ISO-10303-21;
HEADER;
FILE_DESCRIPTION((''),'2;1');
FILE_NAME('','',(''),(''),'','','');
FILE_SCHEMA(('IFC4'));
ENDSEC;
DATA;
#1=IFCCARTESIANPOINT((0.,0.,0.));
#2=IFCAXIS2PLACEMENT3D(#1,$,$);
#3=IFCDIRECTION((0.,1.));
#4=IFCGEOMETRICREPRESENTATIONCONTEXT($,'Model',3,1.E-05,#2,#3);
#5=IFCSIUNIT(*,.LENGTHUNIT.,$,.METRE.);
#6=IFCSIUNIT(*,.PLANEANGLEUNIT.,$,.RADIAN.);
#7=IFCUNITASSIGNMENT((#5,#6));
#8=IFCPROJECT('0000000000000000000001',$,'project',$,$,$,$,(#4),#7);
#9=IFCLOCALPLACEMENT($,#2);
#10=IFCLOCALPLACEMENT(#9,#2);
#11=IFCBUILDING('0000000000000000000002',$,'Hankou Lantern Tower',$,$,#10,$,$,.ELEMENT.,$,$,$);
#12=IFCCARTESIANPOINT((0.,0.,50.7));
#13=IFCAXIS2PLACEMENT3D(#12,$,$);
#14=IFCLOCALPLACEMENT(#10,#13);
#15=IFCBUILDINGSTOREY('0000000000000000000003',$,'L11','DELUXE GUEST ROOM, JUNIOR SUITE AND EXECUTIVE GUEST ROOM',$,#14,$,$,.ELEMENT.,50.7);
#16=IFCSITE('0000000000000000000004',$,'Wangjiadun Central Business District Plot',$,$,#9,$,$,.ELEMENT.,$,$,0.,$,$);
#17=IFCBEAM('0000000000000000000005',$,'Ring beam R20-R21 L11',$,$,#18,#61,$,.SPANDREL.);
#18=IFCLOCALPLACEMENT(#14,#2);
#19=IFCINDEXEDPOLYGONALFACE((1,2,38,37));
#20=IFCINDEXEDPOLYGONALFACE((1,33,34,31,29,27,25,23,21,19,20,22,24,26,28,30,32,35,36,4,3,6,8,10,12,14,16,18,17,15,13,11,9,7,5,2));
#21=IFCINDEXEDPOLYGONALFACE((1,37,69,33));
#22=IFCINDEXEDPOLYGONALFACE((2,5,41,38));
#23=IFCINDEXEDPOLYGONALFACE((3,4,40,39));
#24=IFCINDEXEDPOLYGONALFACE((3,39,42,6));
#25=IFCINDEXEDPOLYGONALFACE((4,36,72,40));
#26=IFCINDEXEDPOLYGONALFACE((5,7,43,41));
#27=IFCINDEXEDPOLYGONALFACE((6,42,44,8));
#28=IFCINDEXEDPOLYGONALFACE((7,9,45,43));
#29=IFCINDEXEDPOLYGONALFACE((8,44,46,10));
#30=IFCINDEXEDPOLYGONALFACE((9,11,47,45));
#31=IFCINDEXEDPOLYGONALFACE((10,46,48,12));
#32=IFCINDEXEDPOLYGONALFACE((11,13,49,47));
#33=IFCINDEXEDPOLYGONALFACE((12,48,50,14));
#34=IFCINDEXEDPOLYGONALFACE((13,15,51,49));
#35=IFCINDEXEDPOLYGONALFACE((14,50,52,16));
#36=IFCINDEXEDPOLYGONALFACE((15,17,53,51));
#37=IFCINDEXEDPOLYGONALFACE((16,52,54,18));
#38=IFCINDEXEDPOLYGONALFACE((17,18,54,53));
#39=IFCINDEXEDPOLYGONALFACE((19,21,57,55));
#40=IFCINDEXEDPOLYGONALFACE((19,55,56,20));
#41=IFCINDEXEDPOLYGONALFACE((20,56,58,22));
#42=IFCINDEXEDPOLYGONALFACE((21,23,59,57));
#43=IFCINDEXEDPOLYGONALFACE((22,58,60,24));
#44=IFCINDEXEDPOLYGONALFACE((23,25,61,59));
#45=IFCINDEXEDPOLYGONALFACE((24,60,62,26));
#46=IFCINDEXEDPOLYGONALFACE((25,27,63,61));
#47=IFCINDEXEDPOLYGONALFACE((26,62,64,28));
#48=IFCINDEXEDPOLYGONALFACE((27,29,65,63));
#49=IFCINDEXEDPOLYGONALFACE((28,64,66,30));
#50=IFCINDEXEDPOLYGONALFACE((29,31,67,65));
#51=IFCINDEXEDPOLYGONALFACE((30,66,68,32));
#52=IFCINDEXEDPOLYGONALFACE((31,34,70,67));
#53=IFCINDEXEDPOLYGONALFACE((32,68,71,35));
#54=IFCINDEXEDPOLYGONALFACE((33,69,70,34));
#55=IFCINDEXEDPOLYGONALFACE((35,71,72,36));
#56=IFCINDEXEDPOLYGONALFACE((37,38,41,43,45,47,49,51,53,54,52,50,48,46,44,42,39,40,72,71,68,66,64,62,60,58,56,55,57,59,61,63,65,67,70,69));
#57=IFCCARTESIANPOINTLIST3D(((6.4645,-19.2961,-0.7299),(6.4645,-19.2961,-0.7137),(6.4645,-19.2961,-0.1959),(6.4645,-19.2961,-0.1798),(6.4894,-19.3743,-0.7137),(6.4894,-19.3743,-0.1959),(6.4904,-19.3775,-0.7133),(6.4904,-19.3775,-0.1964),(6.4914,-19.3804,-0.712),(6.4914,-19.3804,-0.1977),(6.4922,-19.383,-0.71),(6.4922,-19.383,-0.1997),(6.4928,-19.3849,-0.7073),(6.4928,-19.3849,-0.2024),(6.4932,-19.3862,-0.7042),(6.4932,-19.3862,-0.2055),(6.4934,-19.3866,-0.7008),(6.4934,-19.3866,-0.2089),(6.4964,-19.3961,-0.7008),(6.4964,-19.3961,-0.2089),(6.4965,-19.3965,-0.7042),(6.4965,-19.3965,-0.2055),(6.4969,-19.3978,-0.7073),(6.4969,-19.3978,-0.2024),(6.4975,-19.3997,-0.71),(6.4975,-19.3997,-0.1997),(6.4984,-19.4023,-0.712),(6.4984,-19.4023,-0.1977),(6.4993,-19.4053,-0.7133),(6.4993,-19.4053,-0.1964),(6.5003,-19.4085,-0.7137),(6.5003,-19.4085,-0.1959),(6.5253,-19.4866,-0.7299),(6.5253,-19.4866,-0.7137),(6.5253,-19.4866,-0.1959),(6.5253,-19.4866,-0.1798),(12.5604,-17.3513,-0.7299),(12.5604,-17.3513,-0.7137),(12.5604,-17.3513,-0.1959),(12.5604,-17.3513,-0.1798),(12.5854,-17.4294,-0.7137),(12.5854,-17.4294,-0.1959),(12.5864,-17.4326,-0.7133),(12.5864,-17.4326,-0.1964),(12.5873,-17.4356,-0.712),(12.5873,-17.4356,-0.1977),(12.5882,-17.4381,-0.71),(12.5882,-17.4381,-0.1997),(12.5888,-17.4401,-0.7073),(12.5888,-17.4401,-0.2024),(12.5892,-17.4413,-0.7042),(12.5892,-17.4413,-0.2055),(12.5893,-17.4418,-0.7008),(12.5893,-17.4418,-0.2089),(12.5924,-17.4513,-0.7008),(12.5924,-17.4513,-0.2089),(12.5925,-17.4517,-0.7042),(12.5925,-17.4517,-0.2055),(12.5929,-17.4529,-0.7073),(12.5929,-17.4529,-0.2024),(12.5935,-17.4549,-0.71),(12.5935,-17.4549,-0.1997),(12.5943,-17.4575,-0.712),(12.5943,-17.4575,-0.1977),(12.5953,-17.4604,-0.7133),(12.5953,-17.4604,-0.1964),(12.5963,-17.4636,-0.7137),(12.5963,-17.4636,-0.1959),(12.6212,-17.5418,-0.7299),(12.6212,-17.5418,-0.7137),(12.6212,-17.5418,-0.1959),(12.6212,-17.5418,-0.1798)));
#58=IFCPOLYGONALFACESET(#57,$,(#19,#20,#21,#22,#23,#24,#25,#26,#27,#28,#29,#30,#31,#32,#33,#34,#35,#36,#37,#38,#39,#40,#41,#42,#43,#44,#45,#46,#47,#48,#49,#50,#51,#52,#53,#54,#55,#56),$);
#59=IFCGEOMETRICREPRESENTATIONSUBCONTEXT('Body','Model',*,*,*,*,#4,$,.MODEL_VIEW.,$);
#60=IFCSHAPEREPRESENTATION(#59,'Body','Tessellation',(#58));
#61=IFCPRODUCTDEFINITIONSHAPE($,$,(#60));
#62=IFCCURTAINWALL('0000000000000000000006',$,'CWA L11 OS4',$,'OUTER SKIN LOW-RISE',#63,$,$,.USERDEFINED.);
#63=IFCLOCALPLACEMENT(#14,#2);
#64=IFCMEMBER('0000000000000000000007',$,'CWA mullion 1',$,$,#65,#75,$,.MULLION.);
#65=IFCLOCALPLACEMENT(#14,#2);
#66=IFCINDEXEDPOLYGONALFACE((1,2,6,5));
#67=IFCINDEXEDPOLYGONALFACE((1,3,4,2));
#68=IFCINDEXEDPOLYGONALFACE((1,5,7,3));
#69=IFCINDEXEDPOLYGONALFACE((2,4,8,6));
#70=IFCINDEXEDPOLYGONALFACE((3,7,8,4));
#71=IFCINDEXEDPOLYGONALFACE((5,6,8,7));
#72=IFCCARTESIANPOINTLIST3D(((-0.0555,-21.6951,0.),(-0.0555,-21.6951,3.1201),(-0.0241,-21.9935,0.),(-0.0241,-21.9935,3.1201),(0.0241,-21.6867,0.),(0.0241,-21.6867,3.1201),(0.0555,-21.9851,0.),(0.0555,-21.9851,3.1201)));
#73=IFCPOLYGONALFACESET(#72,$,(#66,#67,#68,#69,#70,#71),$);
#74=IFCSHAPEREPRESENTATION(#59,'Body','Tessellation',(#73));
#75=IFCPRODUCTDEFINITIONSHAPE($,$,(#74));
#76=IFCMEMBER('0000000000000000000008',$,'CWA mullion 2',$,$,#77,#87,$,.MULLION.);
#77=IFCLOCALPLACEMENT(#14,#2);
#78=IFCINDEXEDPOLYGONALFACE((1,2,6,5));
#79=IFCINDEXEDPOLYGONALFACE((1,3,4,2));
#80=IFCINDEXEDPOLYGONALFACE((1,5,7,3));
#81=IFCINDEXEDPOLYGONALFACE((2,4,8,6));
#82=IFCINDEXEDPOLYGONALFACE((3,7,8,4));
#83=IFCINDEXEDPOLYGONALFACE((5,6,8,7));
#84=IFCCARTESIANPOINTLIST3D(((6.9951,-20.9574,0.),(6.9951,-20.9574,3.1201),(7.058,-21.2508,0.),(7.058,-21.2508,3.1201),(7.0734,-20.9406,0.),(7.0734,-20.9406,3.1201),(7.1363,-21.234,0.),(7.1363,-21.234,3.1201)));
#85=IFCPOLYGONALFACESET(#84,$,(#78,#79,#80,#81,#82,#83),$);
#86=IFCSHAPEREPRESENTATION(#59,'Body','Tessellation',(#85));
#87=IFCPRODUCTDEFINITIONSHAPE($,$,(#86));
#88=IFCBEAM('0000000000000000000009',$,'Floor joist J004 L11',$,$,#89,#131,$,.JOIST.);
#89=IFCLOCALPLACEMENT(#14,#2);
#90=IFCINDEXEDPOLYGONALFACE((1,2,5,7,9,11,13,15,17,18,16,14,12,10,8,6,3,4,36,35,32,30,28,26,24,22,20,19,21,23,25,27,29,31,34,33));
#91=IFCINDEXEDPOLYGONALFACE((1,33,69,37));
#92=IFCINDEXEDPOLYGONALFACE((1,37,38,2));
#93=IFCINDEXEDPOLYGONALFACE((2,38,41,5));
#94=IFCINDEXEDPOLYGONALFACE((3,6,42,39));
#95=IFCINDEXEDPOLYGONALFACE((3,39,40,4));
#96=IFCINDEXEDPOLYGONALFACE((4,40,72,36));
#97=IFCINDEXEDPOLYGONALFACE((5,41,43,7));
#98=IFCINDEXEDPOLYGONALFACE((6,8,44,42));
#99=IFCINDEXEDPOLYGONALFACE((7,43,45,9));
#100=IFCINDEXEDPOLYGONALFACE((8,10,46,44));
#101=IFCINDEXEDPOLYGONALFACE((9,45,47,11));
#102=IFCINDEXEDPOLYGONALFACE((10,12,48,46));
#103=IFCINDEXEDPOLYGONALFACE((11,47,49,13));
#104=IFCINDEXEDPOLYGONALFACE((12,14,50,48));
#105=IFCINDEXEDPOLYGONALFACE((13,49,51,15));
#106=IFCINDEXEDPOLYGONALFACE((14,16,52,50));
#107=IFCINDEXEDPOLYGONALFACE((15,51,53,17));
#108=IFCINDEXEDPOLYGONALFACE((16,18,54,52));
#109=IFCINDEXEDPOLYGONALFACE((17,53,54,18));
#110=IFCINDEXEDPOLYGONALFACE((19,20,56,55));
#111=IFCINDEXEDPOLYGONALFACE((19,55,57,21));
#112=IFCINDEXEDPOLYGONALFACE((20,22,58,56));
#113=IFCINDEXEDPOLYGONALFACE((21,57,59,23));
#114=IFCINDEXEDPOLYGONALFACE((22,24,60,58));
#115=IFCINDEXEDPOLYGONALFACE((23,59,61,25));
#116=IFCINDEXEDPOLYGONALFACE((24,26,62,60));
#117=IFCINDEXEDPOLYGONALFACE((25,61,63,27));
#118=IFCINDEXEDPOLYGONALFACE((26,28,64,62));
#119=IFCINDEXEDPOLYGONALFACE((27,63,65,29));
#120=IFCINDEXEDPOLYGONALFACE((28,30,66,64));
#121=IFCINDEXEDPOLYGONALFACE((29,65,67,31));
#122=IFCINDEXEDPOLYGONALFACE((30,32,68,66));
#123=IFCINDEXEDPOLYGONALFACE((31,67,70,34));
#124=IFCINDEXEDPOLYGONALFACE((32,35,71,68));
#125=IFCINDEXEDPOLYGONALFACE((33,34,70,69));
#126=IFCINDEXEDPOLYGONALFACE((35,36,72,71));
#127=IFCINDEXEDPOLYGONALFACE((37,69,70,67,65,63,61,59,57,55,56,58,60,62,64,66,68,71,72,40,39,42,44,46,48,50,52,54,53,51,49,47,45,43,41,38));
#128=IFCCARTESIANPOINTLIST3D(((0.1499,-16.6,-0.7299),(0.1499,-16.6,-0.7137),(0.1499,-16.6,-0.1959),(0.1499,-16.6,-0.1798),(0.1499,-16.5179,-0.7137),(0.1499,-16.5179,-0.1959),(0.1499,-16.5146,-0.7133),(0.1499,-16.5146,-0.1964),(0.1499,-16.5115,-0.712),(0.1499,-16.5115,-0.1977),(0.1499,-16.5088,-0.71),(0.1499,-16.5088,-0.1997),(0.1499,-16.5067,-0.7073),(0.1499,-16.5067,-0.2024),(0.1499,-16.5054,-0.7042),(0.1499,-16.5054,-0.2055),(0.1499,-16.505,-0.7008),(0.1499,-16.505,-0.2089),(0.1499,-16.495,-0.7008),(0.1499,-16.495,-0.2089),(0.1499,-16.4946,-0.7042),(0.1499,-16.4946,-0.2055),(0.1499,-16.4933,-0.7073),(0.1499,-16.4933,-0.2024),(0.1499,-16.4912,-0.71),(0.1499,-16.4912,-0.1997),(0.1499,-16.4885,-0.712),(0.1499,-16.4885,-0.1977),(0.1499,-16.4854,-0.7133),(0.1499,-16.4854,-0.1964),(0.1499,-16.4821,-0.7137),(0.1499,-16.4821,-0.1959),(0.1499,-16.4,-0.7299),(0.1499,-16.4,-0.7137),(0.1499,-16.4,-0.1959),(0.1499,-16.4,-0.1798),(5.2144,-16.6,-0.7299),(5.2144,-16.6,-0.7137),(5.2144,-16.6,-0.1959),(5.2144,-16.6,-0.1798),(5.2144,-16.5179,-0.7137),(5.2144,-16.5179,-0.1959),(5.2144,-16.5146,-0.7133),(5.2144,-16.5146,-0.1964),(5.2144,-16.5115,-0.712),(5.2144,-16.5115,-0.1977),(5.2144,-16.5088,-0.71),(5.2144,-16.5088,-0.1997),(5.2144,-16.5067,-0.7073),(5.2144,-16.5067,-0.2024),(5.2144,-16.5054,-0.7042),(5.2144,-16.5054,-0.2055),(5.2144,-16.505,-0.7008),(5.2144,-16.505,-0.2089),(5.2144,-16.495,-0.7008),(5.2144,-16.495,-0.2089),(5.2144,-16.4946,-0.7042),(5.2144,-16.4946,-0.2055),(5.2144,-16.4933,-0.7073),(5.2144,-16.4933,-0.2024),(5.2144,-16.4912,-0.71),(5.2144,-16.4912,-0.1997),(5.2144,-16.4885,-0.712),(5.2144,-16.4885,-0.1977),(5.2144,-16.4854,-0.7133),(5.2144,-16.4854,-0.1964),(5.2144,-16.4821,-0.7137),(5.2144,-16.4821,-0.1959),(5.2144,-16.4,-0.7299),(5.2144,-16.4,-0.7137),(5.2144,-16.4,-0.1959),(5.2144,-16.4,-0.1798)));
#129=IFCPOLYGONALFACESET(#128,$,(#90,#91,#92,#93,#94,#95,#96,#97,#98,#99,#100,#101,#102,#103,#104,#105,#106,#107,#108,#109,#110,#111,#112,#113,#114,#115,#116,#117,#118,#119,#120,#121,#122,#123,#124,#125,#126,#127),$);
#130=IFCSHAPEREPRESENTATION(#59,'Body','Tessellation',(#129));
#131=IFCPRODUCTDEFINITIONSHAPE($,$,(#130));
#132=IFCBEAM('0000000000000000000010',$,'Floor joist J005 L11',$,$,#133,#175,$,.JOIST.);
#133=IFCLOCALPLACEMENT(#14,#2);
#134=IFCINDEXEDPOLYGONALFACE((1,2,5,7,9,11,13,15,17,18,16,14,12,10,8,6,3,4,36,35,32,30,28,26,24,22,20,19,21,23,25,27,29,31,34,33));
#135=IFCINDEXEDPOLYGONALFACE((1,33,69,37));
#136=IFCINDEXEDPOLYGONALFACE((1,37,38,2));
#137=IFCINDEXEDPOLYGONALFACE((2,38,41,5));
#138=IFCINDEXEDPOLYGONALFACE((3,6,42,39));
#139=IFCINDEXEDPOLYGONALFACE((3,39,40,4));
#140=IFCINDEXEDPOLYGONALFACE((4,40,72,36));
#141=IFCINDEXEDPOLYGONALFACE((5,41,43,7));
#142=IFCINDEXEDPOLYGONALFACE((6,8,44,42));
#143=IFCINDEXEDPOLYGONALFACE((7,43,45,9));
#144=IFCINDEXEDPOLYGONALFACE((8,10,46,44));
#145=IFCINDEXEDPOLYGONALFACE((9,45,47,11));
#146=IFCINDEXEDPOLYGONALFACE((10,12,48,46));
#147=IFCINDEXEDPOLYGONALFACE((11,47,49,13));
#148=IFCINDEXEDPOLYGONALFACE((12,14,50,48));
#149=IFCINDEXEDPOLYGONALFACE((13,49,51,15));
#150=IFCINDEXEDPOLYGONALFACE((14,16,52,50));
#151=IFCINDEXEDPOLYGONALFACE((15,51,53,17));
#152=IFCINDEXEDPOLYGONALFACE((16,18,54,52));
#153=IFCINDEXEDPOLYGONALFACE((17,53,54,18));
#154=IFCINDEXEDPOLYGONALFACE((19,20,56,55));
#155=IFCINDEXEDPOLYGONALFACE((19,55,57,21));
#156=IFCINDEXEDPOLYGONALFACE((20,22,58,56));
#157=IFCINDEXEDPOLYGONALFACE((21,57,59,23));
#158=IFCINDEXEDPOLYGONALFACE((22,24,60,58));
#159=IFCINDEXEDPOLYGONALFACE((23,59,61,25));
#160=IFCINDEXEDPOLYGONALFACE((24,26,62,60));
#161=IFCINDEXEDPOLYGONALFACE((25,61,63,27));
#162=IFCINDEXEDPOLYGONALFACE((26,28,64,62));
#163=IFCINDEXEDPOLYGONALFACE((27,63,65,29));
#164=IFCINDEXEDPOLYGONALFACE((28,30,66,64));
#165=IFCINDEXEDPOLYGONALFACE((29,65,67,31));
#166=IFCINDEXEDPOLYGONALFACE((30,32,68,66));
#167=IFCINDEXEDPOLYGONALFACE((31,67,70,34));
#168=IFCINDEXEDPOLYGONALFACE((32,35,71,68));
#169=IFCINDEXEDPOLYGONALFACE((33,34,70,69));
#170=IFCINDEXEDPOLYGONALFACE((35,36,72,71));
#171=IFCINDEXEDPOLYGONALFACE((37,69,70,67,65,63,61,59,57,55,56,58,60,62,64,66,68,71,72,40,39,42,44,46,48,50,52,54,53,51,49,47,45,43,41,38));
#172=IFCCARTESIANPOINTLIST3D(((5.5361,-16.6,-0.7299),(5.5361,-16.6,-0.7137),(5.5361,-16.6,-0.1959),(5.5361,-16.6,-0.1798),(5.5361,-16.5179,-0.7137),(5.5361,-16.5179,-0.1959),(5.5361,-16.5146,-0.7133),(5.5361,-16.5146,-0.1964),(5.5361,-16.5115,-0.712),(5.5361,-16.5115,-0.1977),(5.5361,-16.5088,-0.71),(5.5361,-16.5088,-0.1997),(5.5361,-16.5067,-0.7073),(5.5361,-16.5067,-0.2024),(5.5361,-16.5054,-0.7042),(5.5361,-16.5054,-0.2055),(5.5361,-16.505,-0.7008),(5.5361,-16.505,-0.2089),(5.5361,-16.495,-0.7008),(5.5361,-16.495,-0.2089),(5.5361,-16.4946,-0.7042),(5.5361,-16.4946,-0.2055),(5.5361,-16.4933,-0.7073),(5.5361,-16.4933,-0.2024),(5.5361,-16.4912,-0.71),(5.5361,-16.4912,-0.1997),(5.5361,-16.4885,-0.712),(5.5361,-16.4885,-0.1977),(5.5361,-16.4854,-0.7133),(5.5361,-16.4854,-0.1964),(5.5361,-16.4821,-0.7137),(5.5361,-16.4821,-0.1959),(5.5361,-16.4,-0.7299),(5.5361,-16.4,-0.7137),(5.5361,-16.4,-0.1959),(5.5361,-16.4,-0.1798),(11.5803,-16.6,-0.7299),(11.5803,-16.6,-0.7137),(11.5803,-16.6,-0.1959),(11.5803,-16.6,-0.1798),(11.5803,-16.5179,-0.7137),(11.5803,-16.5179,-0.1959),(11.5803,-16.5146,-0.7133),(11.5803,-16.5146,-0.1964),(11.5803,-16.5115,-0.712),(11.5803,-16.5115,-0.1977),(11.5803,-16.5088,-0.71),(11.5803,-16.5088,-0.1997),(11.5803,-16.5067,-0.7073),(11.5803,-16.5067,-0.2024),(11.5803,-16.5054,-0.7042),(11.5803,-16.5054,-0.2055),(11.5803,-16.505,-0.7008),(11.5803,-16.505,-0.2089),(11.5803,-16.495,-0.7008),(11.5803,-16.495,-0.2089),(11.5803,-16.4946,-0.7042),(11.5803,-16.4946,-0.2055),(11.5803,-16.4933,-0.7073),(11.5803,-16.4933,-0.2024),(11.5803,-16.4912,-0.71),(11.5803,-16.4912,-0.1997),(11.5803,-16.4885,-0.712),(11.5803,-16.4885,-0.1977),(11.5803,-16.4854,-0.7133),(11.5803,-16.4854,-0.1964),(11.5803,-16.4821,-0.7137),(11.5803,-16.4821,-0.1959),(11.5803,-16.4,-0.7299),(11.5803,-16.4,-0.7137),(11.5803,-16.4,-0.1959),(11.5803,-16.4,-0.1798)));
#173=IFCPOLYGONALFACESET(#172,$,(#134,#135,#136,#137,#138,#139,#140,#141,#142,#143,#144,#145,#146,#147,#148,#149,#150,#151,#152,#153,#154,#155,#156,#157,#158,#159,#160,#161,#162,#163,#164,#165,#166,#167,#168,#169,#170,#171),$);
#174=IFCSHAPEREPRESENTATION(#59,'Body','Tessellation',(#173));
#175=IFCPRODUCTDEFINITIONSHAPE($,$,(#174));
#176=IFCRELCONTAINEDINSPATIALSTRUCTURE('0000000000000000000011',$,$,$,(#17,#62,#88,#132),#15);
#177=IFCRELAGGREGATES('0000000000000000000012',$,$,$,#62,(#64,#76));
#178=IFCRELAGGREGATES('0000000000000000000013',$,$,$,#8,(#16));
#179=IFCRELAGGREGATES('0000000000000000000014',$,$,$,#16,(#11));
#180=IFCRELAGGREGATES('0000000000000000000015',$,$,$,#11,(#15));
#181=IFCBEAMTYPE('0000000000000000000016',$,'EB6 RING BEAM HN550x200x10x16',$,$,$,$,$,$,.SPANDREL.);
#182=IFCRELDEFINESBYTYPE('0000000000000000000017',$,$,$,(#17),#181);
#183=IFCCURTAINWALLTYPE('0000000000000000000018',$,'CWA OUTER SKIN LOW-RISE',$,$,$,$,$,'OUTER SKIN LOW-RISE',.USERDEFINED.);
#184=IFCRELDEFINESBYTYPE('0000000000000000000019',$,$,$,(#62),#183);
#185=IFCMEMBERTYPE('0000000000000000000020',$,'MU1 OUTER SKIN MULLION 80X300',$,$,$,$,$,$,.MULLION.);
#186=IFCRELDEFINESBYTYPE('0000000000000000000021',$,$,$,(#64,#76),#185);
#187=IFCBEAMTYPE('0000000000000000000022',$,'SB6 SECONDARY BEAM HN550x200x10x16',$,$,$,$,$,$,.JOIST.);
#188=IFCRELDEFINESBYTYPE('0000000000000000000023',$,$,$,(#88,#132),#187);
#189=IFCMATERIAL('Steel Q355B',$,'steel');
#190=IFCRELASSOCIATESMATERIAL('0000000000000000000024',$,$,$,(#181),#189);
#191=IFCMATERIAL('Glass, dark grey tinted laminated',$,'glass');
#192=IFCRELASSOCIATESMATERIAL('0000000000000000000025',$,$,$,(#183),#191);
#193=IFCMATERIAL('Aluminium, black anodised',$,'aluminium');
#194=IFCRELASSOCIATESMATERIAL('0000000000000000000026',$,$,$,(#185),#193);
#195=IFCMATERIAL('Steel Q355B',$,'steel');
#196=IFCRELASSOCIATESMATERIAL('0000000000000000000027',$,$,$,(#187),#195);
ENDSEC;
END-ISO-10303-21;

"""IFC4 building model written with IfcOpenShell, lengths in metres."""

from ifc_helpers import new_model, si_unit, direction, frame, origin, origin_2d, place, context, subcontext, project, spatial, rectangle, i_section, extrude, material, material_profile, profile_set, type_object, element, aggregate, save


model = new_model("IFC4")

# Units and contexts
model_context = context("Model", 3, precision=1e-05, world=origin(), true_north=direction((0.0, 1.0)))
body_context = subcontext(model_context, "Body", "Model", "MODEL_VIEW")
ifc_project = project(units=[si_unit("LENGTHUNIT", "METRE"), si_unit("PLANEANGLEUNIT", "RADIAN")], contexts=[model_context])

# Site, building, storey
site_placement = place(None, origin())
site = spatial("IfcSite", under=ifc_project, at=site_placement, Name="Wangjiadun Central Business District Plot", CompositionType="ELEMENT", RefElevation=0.0)
building_placement = place(site_placement, origin())
building = spatial("IfcBuilding", under=site, at=building_placement, Name="Hankou Lantern Tower", CompositionType="ELEMENT")
storey_placement = place(building_placement, frame((0.0, 0.0, 50.7)))
storey = spatial("IfcBuildingStorey", under=building, at=storey_placement, Name="L11", Description="DELUXE GUEST ROOM, JUNIOR SUITE AND EXECUTIVE GUEST ROOM", CompositionType="ELEMENT", Elevation=50.7)

# Beam
ifc_material_1 = material(Name="Steel Q355B", Category="steel")
ifc_material_profile_1 = material_profile(ifc_material_1, i_section(OverallWidth=0.2, OverallDepth=0.55, WebThickness=0.01, FlangeThickness=0.0161, FilletRadius=0.0129, at=origin_2d()), Name="HN550x200x10x16")
ifc_profile_set_1 = profile_set([ifc_material_profile_1], Name="Steel Q355B")
beam_type_1 = type_object("IfcBeamType", Name="EB6 RING BEAM HN550x200x10x16", PredefinedType="SPANDREL", material=ifc_profile_set_1)
beam_1_placement = place(storey_placement, frame((6.4949, -19.3914, -0.4548), z_axis=(0.95269, 0.303942, 0.0), x_axis=(-0.303942, 0.95269, 0.0)))
element("IfcBeam", 1, at=beam_1_placement, inside=storey, type_object=beam_type_1, Name="Ring beam R20-R21 L11", PredefinedType="SPANDREL", context=body_context, shape_type="SweptSolid", body=[
    extrude(i_section(OverallWidth=0.2, OverallDepth=0.55, WebThickness=0.01, FlangeThickness=0.0161, FilletRadius=0.0129, at=origin_2d()), origin(), (0.0, 0.0, 1.0), 6.3987),
])

# Curtain wall, members
ifc_material_2 = material(Name="Glass, dark grey tinted laminated", Category="glass")
curtain_wall_type = type_object("IfcCurtainWallType", Name="CWA OUTER SKIN LOW-RISE", ElementType="OUTER SKIN LOW-RISE", PredefinedType="USERDEFINED", material=ifc_material_2)
curtain_wall_placement = place(storey_placement, origin())
curtain_wall = element("IfcCurtainWall", 2, at=curtain_wall_placement, inside=storey, type_object=curtain_wall_type, Name="CWA L11 OS4", ObjectType="OUTER SKIN LOW-RISE", PredefinedType="USERDEFINED")
ifc_material_3 = material(Name="Aluminium, black anodised", Category="aluminium")
ifc_material_profile_2 = material_profile(ifc_material_3, rectangle(XDim=0.0801, YDim=0.3, at=origin_2d()), Name="MU1 80X300")
ifc_profile_set_2 = profile_set([ifc_material_profile_2], Name="Aluminium, black anodised")
member_type_1 = type_object("IfcMemberType", Name="MU1 OUTER SKIN MULLION 80X300", PredefinedType="MULLION", material=ifc_profile_set_2)
member_1_placement = place(storey_placement, frame((0.0, -21.8401, 0.0), z_axis=(0.0, 0.0, 1.0), x_axis=(0.994499, 0.104743, 0.0)))
member_1 = element("IfcMember", 3, at=member_1_placement, type_object=member_type_1, Name="CWA mullion 1", PredefinedType="MULLION", context=body_context, shape_type="SweptSolid", body=[
    extrude(rectangle(XDim=0.0801, YDim=0.3, at=origin_2d()), origin(), (0.0, 0.0, 1.0), 3.1201),
])
member_2_placement = place(storey_placement, frame((7.0657, -21.0957, 0.0), z_axis=(0.0, 0.0, 1.0), x_axis=(0.977788, 0.209598, 0.0)))
member_2 = element("IfcMember", 4, at=member_2_placement, type_object=member_type_1, Name="CWA mullion 2", PredefinedType="MULLION", context=body_context, shape_type="SweptSolid", body=[
    extrude(rectangle(XDim=0.0801, YDim=0.3, at=origin_2d()), origin(), (0.0, 0.0, 1.0), 3.1201),
])

# Beams
ifc_material_4 = material(Name="Steel Q355B", Category="steel")
ifc_material_profile_3 = material_profile(ifc_material_4, i_section(OverallWidth=0.2, OverallDepth=0.55, WebThickness=0.01, FlangeThickness=0.0161, FilletRadius=0.0129, at=origin_2d()), Name="HN550x200x10x16")
ifc_profile_set_3 = profile_set([ifc_material_profile_3], Name="Steel Q355B")
beam_type_2 = type_object("IfcBeamType", Name="SB6 SECONDARY BEAM HN550x200x10x16", PredefinedType="JOIST", material=ifc_profile_set_3)
beam_2_placement = place(storey_placement, frame((0.1499, -16.5, -0.4548), z_axis=(1.0, 0.0, 0.0), x_axis=(0.0, 1.0, 0.0)))
element("IfcBeam", 5, at=beam_2_placement, inside=storey, type_object=beam_type_2, Name="Floor joist J004 L11", PredefinedType="JOIST", context=body_context, shape_type="SweptSolid", body=[
    extrude(i_section(OverallWidth=0.2, OverallDepth=0.55, WebThickness=0.01, FlangeThickness=0.0161, FilletRadius=0.0129, at=origin_2d()), origin(), (0.0, 0.0, 1.0), 5.0645),
])
beam_3_placement = place(storey_placement, frame((5.5361, -16.5, -0.4548), z_axis=(1.0, 0.0, 0.0), x_axis=(0.0, 1.0, 0.0)))
element("IfcBeam", 6, at=beam_3_placement, inside=storey, type_object=beam_type_2, Name="Floor joist J005 L11", PredefinedType="JOIST", context=body_context, shape_type="SweptSolid", body=[
    extrude(i_section(OverallWidth=0.2, OverallDepth=0.55, WebThickness=0.01, FlangeThickness=0.0161, FilletRadius=0.0129, at=origin_2d()), origin(), (0.0, 0.0, 1.0), 6.0442),
])

aggregate(curtain_wall, [member_1, member_2])

save(model, "model.ifc")
